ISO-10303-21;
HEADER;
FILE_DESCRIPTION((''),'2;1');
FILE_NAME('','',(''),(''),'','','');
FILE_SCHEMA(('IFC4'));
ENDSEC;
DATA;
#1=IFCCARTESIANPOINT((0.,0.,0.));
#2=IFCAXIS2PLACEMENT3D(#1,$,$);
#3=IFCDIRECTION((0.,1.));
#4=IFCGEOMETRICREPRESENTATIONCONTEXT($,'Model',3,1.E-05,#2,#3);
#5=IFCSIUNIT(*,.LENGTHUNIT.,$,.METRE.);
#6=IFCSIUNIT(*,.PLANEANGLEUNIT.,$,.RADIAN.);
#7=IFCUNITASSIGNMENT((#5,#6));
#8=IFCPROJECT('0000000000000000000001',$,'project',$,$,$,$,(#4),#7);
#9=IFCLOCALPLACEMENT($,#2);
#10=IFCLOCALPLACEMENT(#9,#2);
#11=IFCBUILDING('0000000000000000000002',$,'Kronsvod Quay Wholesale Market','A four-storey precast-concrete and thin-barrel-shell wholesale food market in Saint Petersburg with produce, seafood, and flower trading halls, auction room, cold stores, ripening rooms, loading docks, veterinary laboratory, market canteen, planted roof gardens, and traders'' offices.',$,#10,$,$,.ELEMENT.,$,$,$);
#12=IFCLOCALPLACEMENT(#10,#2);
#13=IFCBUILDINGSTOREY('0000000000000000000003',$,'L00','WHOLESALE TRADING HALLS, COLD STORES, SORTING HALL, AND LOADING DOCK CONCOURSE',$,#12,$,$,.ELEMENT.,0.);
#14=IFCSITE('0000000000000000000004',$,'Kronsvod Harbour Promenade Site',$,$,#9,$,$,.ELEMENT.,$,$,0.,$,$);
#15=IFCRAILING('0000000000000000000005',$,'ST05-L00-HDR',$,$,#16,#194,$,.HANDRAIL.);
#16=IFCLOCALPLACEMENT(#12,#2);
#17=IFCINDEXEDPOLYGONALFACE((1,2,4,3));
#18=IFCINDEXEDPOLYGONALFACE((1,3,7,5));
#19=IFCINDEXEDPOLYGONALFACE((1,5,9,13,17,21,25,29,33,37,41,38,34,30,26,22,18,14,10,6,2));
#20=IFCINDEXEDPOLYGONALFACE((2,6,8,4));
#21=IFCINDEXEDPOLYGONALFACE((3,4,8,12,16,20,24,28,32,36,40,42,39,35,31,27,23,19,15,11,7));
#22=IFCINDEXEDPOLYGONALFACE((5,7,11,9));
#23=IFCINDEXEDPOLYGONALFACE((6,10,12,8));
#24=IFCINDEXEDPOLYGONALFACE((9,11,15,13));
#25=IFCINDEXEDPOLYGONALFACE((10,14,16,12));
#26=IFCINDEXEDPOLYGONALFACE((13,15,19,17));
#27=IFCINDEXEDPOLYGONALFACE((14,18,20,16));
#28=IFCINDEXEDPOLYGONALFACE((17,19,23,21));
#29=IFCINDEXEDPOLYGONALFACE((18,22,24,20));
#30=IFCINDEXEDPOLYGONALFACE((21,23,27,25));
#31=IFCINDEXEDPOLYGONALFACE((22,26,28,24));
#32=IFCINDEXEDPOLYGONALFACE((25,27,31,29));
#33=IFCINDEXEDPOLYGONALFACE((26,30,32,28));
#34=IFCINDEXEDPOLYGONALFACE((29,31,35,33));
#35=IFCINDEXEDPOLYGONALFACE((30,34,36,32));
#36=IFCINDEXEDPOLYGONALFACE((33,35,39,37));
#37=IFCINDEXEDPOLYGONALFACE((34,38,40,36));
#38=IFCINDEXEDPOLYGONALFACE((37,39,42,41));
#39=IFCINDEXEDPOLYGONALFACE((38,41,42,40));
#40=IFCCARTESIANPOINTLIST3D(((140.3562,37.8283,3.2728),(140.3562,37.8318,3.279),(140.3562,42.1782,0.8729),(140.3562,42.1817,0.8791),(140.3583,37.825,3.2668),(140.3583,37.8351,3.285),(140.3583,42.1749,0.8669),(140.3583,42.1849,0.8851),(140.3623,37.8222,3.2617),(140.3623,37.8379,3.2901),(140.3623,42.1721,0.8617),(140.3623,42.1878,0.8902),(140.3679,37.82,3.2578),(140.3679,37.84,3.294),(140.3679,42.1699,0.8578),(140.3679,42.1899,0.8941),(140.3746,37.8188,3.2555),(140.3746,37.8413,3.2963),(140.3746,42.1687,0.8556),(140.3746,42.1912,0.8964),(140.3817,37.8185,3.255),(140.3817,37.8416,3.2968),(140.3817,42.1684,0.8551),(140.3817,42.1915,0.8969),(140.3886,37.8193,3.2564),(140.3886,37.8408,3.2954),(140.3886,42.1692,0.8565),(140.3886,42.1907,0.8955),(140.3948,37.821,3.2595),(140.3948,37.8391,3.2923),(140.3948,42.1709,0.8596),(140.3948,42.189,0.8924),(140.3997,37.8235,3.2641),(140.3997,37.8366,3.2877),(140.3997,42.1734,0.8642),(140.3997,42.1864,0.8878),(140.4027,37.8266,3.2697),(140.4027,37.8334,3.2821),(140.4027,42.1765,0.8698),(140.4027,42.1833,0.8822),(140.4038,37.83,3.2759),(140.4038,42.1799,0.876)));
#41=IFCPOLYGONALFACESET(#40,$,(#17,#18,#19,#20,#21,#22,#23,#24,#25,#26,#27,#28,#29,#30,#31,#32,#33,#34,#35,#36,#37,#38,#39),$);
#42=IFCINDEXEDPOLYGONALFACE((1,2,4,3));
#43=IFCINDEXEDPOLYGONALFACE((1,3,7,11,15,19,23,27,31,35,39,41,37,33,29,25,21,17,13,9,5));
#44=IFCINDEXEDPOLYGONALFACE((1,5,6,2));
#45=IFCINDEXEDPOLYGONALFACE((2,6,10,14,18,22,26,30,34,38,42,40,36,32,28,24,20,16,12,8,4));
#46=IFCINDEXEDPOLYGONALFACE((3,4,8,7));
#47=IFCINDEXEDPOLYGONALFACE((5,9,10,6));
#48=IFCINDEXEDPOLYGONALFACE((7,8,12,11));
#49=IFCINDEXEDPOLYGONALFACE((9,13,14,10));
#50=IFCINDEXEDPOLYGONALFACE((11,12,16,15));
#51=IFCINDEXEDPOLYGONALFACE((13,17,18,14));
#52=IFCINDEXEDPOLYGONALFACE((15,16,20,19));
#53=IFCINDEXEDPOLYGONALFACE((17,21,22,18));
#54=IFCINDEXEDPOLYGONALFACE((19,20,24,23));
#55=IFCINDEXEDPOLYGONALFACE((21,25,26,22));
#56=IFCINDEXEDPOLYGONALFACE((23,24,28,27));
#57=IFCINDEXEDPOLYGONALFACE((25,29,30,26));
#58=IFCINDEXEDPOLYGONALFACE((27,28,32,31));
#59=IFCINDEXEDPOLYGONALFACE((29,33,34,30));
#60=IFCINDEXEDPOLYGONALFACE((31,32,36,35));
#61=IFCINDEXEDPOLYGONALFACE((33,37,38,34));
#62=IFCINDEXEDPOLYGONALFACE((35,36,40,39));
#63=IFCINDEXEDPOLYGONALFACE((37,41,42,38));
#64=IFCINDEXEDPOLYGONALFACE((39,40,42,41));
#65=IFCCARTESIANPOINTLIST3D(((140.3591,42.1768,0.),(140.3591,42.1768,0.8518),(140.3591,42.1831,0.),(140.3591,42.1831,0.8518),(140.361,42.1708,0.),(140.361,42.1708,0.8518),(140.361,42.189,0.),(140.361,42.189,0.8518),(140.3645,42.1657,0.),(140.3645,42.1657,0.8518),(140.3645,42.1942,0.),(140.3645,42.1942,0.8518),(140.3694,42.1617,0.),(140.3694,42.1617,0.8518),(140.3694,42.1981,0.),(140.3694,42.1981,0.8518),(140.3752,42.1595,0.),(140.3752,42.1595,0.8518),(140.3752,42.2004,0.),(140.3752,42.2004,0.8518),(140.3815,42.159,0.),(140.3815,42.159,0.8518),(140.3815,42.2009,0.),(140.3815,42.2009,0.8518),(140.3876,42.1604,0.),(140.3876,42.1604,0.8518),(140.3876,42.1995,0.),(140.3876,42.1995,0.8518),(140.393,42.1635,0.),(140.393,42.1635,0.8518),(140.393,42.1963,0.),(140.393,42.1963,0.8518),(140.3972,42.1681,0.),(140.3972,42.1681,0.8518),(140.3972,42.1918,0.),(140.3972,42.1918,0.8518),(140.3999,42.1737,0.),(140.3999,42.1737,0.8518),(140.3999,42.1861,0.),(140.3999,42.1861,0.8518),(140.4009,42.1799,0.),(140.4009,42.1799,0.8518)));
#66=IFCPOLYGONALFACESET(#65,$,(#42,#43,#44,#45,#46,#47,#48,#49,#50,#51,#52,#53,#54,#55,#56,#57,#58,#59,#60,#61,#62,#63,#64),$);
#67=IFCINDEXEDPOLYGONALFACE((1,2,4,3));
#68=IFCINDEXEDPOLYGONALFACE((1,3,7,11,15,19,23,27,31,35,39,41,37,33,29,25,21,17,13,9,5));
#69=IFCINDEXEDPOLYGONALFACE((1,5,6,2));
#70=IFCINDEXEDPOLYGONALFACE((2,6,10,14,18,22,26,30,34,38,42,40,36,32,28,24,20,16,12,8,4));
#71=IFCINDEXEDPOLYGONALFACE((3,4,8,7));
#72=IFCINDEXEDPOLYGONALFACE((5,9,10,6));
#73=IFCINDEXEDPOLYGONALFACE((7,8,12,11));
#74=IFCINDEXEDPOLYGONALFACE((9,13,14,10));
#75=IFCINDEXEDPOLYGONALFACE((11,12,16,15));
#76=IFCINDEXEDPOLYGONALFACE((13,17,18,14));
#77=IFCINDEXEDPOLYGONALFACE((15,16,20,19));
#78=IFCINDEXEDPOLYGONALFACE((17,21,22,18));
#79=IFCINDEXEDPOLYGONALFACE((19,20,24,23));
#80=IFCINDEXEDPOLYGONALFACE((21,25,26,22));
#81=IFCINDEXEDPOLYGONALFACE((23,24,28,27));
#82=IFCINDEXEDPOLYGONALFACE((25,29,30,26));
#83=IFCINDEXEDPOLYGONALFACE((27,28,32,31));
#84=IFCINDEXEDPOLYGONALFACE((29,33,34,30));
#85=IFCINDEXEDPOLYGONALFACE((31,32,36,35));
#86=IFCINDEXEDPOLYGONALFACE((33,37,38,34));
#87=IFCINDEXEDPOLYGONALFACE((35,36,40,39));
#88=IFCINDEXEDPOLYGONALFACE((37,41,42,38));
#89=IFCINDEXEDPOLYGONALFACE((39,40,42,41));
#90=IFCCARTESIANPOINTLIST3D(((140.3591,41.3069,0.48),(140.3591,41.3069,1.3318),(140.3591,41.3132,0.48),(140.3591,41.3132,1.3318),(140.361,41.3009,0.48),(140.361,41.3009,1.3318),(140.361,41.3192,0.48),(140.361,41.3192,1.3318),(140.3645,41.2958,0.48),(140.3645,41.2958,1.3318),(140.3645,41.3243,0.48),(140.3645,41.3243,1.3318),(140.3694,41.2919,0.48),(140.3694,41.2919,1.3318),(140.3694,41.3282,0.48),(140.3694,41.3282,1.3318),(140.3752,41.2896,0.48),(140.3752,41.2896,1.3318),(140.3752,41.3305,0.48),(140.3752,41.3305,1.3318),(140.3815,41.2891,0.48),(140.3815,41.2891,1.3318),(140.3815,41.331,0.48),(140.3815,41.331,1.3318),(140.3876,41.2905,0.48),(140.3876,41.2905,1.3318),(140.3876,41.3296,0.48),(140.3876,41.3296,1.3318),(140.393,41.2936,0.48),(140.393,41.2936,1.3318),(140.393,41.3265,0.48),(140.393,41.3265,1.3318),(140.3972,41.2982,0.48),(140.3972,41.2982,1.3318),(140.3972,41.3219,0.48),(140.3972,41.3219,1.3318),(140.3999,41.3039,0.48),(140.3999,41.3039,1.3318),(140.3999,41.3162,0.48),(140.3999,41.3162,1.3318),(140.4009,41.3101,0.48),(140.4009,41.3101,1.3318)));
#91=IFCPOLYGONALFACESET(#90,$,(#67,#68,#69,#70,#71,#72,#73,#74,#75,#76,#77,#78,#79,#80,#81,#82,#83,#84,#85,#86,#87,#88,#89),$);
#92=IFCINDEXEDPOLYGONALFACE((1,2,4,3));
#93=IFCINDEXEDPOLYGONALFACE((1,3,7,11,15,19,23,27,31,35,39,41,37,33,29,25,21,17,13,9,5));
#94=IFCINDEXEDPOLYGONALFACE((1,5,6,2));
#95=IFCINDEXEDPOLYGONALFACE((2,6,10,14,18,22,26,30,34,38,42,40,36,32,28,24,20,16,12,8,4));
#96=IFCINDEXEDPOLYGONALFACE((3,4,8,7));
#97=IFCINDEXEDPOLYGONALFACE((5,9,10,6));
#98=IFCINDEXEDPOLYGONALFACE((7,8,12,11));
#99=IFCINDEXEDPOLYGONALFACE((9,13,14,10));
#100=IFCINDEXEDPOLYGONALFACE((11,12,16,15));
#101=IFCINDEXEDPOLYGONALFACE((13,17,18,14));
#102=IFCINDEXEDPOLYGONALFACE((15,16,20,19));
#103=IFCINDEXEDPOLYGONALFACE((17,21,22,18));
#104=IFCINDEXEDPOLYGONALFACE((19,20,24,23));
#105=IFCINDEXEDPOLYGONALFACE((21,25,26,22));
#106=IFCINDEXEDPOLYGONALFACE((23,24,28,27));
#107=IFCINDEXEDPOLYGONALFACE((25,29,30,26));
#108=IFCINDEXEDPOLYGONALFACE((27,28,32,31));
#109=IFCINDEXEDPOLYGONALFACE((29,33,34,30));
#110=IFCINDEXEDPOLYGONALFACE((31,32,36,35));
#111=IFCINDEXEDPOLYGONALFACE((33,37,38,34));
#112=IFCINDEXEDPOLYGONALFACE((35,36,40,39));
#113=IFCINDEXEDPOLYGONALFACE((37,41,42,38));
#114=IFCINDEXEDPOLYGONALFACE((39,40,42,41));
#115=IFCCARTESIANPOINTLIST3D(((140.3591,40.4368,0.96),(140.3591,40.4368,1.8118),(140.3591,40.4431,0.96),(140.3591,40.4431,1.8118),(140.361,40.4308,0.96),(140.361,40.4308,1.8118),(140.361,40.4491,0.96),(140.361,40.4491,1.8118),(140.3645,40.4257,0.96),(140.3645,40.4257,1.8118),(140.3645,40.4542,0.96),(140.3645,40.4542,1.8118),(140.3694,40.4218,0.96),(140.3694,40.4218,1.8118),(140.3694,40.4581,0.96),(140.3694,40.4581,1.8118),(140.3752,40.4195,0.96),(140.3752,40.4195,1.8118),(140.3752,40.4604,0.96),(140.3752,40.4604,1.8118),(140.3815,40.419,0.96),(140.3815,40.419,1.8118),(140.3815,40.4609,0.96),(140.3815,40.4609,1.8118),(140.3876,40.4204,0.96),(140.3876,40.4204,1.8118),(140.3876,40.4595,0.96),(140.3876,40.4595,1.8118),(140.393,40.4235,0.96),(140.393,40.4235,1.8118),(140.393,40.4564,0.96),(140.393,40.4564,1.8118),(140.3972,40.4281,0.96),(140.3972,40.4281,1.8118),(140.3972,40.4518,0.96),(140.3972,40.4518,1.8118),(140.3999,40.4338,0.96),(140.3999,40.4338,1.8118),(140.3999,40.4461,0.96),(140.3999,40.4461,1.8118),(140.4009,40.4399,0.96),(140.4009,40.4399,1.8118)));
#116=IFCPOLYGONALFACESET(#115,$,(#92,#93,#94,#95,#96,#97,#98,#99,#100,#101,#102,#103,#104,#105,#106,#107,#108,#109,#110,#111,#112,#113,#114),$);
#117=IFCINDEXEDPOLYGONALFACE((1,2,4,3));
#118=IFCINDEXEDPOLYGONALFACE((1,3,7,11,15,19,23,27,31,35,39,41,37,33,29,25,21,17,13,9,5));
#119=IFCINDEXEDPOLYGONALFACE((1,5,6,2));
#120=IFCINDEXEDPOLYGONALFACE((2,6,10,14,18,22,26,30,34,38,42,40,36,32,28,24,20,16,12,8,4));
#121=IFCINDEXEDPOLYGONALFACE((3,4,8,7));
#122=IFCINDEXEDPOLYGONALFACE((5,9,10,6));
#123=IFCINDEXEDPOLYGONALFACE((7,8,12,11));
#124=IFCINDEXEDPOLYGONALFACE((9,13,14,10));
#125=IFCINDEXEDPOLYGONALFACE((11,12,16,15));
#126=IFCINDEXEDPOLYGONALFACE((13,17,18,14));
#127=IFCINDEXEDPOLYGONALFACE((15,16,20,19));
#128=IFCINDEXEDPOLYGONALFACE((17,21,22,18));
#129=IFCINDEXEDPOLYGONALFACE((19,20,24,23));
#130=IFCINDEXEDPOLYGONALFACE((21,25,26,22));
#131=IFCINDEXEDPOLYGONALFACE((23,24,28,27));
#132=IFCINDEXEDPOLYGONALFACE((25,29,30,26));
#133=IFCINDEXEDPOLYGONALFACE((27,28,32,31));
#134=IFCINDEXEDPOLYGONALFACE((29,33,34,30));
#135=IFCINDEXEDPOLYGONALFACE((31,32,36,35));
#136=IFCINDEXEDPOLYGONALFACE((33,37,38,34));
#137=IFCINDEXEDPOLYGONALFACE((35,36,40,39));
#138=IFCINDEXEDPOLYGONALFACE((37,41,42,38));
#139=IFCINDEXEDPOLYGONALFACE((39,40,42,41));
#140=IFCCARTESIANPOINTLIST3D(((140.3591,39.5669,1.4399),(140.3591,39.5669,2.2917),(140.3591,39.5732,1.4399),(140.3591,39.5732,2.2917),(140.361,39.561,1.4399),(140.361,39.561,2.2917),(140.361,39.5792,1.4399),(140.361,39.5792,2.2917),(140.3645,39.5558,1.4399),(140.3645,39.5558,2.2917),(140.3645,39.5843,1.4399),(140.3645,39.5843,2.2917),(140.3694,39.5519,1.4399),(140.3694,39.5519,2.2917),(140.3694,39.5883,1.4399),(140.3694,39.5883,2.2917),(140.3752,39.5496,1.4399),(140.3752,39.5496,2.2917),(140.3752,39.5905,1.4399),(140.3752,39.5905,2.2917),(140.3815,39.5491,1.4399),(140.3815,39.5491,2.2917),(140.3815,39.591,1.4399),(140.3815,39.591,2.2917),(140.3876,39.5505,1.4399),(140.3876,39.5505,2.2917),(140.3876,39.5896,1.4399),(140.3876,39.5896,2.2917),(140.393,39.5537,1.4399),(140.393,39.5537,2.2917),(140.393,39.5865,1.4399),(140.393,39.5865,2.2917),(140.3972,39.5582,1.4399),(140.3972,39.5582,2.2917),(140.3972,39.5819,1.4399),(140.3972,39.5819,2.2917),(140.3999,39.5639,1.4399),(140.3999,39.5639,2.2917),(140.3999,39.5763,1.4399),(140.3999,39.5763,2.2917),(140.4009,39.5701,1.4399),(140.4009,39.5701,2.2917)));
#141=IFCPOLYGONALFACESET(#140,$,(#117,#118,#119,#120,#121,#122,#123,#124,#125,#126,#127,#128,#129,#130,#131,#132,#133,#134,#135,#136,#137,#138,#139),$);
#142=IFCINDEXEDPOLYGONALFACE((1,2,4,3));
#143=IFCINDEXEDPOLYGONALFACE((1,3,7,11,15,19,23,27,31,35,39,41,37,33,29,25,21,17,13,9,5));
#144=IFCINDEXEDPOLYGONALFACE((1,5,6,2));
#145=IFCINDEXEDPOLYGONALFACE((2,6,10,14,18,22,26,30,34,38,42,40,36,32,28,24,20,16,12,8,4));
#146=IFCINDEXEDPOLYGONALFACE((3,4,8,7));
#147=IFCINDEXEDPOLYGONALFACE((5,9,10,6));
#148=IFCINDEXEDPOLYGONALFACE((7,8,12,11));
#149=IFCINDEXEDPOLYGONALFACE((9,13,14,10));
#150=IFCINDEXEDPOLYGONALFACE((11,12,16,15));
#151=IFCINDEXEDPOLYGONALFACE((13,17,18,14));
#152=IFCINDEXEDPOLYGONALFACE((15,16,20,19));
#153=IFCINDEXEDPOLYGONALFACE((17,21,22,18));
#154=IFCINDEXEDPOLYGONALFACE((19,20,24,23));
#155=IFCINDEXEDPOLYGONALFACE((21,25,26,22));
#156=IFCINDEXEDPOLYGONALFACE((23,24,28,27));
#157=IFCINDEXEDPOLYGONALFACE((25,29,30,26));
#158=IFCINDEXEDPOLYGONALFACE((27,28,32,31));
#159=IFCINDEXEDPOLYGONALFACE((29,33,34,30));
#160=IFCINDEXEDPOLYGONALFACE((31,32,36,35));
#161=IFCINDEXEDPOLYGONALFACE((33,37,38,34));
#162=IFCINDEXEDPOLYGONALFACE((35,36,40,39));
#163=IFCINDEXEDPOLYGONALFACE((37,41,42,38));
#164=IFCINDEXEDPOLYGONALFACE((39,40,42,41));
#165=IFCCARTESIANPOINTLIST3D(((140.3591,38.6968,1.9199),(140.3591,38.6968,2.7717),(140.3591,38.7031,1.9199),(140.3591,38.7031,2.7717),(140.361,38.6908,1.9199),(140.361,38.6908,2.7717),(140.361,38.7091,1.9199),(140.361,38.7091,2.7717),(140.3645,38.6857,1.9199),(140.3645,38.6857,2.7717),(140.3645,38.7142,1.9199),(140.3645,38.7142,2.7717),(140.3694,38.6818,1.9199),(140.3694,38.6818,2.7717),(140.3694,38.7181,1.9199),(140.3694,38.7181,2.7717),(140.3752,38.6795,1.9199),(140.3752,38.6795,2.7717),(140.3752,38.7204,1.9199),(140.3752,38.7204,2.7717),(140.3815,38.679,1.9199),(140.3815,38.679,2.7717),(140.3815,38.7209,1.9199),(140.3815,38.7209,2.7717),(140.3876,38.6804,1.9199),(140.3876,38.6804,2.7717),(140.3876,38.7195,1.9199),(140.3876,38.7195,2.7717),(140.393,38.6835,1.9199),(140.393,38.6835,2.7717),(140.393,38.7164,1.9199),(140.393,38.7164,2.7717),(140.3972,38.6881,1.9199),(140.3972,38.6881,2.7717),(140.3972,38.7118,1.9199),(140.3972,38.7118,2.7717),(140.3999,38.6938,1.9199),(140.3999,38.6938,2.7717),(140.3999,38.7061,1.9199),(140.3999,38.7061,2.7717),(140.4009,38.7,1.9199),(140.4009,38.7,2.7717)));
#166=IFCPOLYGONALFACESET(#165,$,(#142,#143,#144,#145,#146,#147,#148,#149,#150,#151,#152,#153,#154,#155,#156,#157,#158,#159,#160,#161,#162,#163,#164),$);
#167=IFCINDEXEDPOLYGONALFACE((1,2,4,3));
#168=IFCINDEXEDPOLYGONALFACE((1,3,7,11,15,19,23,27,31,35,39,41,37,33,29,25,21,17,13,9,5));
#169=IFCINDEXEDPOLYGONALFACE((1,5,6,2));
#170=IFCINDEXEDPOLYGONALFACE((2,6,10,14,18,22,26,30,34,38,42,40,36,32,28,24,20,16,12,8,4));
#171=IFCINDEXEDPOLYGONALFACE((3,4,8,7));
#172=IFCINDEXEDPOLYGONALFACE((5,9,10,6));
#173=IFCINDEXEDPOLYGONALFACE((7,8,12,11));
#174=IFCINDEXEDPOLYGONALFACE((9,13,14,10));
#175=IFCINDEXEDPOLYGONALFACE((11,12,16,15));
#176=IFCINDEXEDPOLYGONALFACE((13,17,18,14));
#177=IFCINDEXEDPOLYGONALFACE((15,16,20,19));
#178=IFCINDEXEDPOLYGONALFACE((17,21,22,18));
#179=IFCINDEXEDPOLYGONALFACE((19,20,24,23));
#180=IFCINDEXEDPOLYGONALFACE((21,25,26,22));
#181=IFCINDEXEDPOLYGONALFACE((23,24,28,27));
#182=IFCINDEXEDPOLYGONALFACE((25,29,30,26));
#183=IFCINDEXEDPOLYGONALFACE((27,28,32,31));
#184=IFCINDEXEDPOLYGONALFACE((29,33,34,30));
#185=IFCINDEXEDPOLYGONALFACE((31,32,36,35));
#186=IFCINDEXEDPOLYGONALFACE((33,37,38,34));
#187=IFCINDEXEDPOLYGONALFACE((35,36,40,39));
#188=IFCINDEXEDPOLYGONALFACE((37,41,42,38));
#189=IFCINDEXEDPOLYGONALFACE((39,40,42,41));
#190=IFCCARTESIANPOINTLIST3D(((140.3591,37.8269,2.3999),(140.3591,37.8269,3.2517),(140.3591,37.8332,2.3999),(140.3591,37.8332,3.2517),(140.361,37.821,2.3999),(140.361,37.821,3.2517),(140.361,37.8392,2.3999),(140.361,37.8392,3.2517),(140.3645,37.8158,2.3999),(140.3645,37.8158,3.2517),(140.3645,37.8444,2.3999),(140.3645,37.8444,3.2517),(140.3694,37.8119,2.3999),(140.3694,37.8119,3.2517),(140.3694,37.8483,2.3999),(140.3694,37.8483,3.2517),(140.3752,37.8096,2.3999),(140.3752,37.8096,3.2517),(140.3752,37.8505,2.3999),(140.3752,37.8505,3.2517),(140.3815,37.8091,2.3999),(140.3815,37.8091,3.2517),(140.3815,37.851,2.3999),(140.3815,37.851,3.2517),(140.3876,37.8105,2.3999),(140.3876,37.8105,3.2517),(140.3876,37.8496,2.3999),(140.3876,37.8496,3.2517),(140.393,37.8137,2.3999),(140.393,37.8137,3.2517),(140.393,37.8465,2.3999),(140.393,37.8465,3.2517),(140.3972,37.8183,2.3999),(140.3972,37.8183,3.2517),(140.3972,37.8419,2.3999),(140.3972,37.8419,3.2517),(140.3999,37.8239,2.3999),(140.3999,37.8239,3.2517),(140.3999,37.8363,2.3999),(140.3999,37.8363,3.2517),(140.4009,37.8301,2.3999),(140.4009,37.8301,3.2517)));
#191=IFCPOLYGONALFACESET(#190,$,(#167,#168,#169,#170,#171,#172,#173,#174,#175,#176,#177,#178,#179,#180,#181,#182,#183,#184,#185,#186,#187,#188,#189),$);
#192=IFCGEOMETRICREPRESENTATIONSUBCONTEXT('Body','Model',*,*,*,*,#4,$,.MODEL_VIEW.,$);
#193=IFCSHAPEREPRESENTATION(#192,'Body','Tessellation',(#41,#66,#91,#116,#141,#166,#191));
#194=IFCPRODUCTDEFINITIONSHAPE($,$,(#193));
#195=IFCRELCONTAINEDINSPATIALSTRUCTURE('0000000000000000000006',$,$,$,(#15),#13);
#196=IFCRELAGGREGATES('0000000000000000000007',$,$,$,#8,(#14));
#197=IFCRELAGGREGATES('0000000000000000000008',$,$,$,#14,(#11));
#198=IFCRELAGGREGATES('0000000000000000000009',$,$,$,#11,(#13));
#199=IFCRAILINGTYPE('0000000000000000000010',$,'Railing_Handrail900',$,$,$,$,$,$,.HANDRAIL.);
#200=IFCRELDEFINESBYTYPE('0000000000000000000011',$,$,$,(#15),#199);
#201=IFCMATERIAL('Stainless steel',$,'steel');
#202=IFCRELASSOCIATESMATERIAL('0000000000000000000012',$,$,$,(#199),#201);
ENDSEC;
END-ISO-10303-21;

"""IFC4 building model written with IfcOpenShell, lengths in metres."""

from ifc_helpers import new_model, si_unit, direction, frame, origin, origin_2d, place, context, subcontext, project, spatial, circle, extrude, material, type_object, element, save


model = new_model("IFC4")

# Units and contexts
model_context = context("Model", 3, precision=1e-05, world=origin(), true_north=direction((0.0, 1.0)))
body_context = subcontext(model_context, "Body", "Model", "MODEL_VIEW")
ifc_project = project(units=[si_unit("LENGTHUNIT", "METRE"), si_unit("PLANEANGLEUNIT", "RADIAN")], contexts=[model_context])

# Site, building, storey
site_placement = place(None, origin())
site = spatial("IfcSite", under=ifc_project, at=site_placement, Name="Kronsvod Harbour Promenade Site", CompositionType="ELEMENT", RefElevation=0.0)
building_placement = place(site_placement, origin())
building = spatial("IfcBuilding", under=site, at=building_placement, Name="Kronsvod Quay Wholesale Market", Description="A four-storey precast-concrete and thin-barrel-shell wholesale food market in Saint Petersburg with produce, seafood, and flower trading halls, auction room, cold stores, ripening rooms, loading docks, veterinary laboratory, market canteen, planted roof gardens, and traders' offices.", CompositionType="ELEMENT")
storey_placement = place(building_placement, origin())
storey = spatial("IfcBuildingStorey", under=building, at=storey_placement, Name="L00", Description="WHOLESALE TRADING HALLS, COLD STORES, SORTING HALL, AND LOADING DOCK CONCOURSE", CompositionType="ELEMENT", Elevation=0.0)

# Railing
ifc_material_1 = material(Name="Stainless steel", Category="steel")
railing_type_1 = type_object("IfcRailingType", Name="Railing_Handrail900", PredefinedType="HANDRAIL", material=ifc_material_1)
railing_1_placement = place(storey_placement, frame((140.3799, 42.1799, 0.0)))
element("IfcRailing", 1, at=railing_1_placement, inside=storey, type_object=railing_type_1, Name="ST05-L00-HDR", PredefinedType="HANDRAIL", context=body_context, shape_type="SweptSolid", body=[
    extrude(circle(Radius=0.0239, at=origin_2d()), frame((0.0, 0.0, 0.876), z_axis=(0.0, -0.875579, 0.483075), x_axis=(1.0, 0.0, 0.0)), (0.0, 0.0, 1.0), 4.968),
    extrude(circle(Radius=0.021, at=origin_2d()), origin(), (0.0, 0.0, 1.0), 0.8518),
    extrude(circle(Radius=0.021, at=origin_2d()), frame((0.0, -0.8699, 0.48)), (0.0, 0.0, 1.0), 0.8518),
    extrude(circle(Radius=0.021, at=origin_2d()), frame((0.0, -1.74, 0.96)), (0.0, 0.0, 1.0), 0.8518),
    extrude(circle(Radius=0.021, at=origin_2d()), frame((0.0, -2.6099, 1.4399)), (0.0, 0.0, 1.0), 0.8518),
    extrude(circle(Radius=0.021, at=origin_2d()), frame((0.0, -3.48, 1.9199)), (0.0, 0.0, 1.0), 0.8518),
    extrude(circle(Radius=0.021, at=origin_2d()), frame((0.0, -4.3499, 2.3999)), (0.0, 0.0, 1.0), 0.8518),
])

save(model, "model.ifc")
